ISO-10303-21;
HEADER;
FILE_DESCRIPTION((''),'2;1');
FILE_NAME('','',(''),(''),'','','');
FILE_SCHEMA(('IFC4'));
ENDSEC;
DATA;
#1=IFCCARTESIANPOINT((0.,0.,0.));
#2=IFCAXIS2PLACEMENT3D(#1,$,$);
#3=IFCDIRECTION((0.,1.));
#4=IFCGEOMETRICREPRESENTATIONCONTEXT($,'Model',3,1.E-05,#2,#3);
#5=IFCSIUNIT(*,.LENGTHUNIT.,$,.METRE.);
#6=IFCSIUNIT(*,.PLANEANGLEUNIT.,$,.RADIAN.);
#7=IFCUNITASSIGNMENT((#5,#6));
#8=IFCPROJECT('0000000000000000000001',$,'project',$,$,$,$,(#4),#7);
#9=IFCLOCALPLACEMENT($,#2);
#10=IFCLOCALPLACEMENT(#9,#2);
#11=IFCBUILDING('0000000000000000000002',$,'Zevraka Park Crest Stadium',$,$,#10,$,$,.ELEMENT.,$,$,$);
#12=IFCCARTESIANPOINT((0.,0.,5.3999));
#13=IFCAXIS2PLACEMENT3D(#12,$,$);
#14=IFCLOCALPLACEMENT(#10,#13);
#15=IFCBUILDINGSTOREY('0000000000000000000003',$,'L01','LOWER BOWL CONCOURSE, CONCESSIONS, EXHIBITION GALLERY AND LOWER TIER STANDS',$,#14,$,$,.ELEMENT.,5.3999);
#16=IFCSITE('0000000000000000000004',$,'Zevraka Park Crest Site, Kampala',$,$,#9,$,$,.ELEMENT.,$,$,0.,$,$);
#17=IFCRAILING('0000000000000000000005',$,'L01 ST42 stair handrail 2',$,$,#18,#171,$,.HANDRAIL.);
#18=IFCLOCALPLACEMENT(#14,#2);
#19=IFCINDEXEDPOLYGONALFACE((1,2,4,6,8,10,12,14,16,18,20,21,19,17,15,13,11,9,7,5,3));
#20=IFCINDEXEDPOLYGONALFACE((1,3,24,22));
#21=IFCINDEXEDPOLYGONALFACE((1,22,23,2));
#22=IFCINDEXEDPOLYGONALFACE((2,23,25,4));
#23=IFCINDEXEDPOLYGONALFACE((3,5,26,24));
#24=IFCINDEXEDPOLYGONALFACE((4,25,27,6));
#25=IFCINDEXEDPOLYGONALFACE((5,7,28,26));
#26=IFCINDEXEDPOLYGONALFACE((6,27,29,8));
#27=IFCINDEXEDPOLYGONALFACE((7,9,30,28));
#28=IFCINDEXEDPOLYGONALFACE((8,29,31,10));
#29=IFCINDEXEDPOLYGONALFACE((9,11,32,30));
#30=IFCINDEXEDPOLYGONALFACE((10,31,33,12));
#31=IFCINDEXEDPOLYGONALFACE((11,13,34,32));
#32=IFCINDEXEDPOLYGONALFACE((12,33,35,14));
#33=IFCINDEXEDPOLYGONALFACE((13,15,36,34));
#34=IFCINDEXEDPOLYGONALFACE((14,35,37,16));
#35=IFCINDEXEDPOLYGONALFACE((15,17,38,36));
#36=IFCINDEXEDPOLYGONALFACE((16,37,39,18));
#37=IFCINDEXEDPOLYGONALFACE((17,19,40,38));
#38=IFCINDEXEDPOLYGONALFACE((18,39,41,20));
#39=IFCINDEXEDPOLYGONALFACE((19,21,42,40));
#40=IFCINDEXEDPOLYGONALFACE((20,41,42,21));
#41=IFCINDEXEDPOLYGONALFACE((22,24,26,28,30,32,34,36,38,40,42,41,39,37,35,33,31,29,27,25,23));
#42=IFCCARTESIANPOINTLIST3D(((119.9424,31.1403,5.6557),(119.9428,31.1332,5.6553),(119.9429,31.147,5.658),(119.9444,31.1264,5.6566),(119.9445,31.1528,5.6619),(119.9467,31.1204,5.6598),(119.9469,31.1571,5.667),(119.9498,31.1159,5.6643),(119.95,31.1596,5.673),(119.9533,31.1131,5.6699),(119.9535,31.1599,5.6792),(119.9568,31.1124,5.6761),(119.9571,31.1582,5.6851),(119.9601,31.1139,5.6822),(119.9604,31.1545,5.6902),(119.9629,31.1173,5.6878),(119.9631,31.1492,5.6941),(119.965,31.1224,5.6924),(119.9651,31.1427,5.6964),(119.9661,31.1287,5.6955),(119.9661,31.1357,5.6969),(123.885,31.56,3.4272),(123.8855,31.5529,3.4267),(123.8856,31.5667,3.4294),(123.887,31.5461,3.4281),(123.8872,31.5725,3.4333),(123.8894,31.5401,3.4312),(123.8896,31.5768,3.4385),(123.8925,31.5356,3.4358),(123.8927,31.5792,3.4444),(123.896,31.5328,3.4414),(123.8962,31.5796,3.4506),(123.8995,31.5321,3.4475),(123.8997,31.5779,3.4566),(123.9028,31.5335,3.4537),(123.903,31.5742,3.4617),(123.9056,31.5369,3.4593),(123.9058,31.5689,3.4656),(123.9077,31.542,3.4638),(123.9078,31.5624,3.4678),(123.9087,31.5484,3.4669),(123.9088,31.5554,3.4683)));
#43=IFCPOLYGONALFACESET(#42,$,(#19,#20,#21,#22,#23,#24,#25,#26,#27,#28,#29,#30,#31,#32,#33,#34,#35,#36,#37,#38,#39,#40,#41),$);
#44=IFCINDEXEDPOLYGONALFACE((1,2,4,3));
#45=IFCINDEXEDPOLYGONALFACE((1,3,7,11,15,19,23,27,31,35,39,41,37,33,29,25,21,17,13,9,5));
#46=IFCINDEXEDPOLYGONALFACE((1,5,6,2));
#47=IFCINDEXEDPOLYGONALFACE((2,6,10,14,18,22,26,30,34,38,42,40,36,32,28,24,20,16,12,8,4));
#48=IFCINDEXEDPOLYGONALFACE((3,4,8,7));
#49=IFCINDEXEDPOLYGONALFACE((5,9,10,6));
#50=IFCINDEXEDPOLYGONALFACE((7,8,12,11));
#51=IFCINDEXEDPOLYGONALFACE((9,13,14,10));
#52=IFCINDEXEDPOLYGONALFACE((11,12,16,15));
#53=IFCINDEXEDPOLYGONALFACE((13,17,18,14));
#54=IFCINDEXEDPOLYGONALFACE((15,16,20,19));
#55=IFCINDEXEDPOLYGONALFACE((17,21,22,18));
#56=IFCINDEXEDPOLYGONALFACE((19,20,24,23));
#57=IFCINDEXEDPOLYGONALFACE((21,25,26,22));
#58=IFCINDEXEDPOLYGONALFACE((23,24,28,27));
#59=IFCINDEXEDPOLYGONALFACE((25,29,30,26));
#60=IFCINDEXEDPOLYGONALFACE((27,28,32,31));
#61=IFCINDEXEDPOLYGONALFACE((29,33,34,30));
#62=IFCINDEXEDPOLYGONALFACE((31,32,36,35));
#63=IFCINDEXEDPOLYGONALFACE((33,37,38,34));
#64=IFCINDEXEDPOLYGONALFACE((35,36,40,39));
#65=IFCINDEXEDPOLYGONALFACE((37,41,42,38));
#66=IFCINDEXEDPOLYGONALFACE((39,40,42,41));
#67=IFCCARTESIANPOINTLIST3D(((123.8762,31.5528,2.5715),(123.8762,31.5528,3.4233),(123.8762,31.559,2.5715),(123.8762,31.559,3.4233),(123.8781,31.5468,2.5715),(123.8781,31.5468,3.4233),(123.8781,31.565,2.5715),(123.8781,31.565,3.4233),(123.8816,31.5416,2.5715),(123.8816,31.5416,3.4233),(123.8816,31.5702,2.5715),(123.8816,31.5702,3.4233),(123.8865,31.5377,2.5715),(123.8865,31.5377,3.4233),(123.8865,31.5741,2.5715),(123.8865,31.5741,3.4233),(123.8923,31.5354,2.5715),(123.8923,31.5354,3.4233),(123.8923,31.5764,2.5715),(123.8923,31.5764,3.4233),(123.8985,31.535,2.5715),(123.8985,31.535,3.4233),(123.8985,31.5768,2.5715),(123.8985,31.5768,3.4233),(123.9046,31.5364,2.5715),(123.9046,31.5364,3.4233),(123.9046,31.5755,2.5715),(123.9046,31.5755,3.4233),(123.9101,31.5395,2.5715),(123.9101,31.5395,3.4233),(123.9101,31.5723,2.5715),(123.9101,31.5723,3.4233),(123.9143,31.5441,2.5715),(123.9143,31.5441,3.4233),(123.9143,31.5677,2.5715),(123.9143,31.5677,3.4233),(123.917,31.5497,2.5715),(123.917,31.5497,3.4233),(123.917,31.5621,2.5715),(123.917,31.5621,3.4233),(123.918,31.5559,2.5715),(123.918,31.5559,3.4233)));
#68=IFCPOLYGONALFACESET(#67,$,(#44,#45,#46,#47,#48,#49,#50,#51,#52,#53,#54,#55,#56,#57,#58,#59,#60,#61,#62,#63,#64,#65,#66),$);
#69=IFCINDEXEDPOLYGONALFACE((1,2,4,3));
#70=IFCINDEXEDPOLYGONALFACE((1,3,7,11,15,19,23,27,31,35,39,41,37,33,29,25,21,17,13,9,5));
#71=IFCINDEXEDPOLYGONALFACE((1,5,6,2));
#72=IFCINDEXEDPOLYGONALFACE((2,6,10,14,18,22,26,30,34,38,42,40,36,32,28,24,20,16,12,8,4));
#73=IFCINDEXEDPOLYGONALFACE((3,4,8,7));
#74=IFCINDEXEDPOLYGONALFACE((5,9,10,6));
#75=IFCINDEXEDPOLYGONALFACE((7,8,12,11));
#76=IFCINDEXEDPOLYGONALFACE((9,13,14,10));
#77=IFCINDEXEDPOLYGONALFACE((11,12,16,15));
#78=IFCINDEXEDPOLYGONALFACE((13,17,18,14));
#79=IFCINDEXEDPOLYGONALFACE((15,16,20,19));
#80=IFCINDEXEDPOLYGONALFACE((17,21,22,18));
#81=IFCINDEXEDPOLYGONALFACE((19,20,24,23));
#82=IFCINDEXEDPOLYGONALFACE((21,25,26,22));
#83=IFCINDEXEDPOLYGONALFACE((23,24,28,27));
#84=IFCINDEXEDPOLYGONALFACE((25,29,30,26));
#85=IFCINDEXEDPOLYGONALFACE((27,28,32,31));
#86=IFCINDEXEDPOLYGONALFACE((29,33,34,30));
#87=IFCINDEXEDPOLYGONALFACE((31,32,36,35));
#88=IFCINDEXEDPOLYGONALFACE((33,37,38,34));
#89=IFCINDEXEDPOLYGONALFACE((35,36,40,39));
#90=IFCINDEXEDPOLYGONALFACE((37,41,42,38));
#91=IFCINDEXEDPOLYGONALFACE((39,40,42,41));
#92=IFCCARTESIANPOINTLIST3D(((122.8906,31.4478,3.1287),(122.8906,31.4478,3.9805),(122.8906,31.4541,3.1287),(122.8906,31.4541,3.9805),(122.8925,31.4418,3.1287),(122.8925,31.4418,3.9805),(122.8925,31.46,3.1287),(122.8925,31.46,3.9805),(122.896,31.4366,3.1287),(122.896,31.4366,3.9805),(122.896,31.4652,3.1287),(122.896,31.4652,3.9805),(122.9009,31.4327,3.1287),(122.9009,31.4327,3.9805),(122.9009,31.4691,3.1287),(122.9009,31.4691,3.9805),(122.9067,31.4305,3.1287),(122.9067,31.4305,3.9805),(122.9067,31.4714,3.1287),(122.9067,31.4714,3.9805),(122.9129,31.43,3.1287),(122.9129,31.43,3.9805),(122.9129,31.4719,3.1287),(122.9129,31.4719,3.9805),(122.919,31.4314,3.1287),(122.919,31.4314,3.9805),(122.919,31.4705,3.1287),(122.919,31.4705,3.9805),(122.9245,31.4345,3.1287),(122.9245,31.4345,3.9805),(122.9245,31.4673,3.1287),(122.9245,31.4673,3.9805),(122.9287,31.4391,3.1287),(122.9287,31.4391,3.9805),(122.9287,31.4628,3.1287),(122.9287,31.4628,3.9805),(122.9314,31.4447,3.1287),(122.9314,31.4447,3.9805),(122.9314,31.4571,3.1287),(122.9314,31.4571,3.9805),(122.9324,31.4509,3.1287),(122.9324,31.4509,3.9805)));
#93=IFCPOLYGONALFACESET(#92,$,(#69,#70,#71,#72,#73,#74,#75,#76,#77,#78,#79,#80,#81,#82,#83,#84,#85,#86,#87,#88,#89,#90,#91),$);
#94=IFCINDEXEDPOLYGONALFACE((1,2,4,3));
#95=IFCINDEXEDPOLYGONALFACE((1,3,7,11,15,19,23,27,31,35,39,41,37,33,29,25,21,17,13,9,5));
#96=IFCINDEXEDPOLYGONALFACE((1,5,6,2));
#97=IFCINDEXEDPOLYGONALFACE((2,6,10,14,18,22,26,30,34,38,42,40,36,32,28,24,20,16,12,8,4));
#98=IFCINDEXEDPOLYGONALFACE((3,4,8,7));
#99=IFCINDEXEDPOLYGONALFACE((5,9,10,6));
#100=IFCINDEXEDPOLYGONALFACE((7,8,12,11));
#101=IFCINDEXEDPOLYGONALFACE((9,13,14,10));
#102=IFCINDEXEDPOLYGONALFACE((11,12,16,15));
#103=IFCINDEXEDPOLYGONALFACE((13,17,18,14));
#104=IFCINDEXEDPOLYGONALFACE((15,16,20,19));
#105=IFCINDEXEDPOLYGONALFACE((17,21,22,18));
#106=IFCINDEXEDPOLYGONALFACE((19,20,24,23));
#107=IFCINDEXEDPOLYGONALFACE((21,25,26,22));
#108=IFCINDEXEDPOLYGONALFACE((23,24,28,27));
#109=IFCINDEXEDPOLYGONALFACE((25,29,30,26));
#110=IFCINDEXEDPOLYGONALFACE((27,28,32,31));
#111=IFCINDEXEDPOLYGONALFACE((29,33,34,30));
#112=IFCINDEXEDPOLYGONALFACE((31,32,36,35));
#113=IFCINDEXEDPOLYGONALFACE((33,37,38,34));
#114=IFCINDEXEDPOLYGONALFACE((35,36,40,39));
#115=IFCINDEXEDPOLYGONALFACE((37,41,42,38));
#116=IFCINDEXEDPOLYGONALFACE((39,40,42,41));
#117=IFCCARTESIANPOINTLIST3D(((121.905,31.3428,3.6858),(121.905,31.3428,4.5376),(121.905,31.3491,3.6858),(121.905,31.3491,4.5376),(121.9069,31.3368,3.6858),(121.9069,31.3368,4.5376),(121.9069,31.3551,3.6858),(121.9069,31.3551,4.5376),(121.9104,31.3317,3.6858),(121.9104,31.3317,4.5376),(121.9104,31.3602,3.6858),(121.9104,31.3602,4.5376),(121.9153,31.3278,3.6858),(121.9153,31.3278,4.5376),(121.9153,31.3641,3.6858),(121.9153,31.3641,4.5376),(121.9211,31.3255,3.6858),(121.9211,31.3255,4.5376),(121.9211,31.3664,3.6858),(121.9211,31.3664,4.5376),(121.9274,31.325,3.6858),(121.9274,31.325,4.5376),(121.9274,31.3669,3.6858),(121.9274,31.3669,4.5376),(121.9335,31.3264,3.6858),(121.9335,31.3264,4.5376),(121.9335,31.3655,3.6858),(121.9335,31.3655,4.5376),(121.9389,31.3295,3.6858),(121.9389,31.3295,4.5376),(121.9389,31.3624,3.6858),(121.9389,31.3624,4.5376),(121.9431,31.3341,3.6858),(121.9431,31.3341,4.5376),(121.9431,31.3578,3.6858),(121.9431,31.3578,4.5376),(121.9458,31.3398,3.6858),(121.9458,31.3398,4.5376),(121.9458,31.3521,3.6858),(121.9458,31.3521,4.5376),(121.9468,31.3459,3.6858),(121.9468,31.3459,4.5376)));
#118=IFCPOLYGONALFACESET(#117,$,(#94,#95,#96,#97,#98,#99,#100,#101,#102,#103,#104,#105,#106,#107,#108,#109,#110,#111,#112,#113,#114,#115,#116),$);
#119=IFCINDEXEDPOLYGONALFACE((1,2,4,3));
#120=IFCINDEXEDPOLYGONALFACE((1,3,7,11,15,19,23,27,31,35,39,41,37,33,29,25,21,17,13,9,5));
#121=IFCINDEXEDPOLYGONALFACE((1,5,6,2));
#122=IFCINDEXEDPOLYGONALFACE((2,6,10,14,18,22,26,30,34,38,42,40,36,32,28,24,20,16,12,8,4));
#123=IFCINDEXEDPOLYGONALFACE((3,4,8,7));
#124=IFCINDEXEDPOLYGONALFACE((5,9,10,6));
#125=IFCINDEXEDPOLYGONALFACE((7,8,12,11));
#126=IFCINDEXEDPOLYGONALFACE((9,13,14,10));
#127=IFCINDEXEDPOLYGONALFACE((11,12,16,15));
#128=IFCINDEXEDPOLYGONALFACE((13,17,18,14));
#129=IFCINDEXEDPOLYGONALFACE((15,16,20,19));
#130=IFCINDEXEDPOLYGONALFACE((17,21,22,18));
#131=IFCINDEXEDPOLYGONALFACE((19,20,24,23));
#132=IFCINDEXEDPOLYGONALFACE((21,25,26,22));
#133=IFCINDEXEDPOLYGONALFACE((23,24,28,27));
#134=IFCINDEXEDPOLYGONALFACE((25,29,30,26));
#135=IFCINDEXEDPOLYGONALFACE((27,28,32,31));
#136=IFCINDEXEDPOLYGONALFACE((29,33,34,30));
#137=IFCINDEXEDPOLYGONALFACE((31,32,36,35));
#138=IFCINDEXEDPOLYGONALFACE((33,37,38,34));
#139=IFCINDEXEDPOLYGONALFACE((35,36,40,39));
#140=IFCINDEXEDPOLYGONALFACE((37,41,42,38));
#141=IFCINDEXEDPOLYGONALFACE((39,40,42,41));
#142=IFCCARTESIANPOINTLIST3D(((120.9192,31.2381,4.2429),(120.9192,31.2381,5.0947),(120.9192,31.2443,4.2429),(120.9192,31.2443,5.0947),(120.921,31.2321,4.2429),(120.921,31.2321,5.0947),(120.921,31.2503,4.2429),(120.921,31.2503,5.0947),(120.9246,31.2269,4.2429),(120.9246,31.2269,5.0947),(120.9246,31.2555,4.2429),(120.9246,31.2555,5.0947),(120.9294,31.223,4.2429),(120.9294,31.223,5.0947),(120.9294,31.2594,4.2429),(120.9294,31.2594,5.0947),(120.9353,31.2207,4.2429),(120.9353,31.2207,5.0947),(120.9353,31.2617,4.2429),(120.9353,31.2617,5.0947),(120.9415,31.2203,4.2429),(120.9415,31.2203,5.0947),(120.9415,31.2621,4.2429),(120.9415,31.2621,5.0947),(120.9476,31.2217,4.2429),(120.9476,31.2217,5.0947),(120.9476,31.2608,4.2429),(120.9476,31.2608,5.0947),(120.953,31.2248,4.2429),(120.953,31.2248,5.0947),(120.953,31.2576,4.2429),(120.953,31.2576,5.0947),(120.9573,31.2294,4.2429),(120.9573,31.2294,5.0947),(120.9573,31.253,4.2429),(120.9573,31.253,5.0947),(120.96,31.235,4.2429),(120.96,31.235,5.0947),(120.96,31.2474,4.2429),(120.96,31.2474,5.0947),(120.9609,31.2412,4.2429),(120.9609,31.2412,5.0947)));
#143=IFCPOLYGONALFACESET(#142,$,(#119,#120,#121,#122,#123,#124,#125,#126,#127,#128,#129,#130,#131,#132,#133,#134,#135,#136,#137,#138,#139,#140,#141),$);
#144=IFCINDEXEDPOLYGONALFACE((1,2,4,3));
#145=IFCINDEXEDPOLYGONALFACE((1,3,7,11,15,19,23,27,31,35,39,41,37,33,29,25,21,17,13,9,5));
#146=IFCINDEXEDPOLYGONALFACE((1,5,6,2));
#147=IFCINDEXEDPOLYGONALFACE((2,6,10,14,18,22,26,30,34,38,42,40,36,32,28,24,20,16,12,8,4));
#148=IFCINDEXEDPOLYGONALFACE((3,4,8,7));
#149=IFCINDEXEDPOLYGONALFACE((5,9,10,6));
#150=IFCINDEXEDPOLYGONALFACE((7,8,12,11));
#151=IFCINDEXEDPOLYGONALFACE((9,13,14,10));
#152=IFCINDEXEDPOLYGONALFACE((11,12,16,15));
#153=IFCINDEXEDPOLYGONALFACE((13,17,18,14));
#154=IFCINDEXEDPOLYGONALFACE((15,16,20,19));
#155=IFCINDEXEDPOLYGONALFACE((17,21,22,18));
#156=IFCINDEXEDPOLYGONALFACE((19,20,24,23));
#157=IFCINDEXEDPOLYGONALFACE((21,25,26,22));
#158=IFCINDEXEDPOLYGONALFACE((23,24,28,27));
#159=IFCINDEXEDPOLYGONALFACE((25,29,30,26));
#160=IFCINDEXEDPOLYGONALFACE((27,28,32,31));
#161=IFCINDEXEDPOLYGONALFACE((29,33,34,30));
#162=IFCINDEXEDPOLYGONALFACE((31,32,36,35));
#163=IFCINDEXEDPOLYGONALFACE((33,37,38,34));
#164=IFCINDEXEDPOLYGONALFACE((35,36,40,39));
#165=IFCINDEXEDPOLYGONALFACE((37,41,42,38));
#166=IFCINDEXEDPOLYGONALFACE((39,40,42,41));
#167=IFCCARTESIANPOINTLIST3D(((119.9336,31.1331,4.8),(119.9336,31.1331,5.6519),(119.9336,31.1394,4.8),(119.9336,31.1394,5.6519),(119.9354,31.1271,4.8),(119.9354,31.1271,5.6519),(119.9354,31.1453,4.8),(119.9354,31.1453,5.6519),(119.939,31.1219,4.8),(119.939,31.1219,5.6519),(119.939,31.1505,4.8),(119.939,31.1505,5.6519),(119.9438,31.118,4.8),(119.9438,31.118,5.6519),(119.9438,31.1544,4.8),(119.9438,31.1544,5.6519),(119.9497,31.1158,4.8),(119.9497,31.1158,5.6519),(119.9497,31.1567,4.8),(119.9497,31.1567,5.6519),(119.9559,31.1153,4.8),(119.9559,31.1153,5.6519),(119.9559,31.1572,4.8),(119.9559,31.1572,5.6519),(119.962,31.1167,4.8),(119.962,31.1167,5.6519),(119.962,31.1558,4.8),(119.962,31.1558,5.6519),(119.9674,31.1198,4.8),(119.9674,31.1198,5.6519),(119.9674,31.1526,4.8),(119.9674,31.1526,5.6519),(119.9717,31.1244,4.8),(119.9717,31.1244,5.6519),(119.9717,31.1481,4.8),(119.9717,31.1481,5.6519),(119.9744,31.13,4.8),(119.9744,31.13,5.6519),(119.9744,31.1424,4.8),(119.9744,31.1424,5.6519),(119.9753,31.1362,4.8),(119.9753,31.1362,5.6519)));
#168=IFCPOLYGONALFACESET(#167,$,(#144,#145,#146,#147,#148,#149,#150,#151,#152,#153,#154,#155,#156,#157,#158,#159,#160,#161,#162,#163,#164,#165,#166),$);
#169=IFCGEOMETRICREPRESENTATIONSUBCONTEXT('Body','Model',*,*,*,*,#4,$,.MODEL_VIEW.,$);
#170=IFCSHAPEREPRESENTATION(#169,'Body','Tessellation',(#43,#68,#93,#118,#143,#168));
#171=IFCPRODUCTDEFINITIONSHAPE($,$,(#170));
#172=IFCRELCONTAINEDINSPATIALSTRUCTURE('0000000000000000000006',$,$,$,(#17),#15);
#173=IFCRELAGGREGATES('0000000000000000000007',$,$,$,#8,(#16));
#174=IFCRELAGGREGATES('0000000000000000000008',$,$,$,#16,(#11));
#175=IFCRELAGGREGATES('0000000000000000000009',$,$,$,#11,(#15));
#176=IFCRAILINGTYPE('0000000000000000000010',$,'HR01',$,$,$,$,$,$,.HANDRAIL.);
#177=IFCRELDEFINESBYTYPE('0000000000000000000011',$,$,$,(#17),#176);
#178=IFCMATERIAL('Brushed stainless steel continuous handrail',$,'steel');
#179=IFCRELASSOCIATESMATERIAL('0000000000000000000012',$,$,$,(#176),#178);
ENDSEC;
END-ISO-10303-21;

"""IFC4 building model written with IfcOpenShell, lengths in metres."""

from ifc_helpers import new_model, si_unit, direction, frame, origin, origin_2d, place, context, subcontext, project, spatial, circle, extrude, material, type_object, element, save


model = new_model("IFC4")

# Units and contexts
model_context = context("Model", 3, precision=1e-05, world=origin(), true_north=direction((0.0, 1.0)))
body_context = subcontext(model_context, "Body", "Model", "MODEL_VIEW")
ifc_project = project(units=[si_unit("LENGTHUNIT", "METRE"), si_unit("PLANEANGLEUNIT", "RADIAN")], contexts=[model_context])

# Site, building, storey
site_placement = place(None, origin())
site = spatial("IfcSite", under=ifc_project, at=site_placement, Name="Zevraka Park Crest Site, Kampala", CompositionType="ELEMENT", RefElevation=0.0)
building_placement = place(site_placement, origin())
building = spatial("IfcBuilding", under=site, at=building_placement, Name="Zevraka Park Crest Stadium", CompositionType="ELEMENT")
storey_placement = place(building_placement, frame((0.0, 0.0, 5.3999)))
storey = spatial("IfcBuildingStorey", under=building, at=storey_placement, Name="L01", Description="LOWER BOWL CONCOURSE, CONCESSIONS, EXHIBITION GALLERY AND LOWER TIER STANDS", CompositionType="ELEMENT", Elevation=5.3999)

# Railing
ifc_material_1 = material(Name="Brushed stainless steel continuous handrail", Category="steel")
railing_type_1 = type_object("IfcRailingType", Name="HR01", PredefinedType="HANDRAIL", material=ifc_material_1)
railing_1_placement = place(storey_placement, frame((123.897, 31.5559, 2.5715)))
element("IfcRailing", 1, at=railing_1_placement, inside=storey, type_object=railing_type_1, Name="L01 ST42 stair handrail 2", PredefinedType="HANDRAIL", context=body_context, shape_type="SweptSolid", body=[
    extrude(circle(Radius=0.0239, at=origin_2d()), frame((0.0, 0.0, 0.876), z_axis=(-0.866842, -0.092272, 0.48997), x_axis=(0.105848, -0.994382, 0.0)), (0.0, 0.0, 1.0), 4.5483),
    extrude(circle(Radius=0.021, at=origin_2d()), origin(), (0.0, 0.0, 1.0), 0.8518),
    extrude(circle(Radius=0.021, at=origin_2d()), frame((-0.9856, -0.105, 0.5571)), (0.0, 0.0, 1.0), 0.8518),
    extrude(circle(Radius=0.021, at=origin_2d()), frame((-1.9712, -0.21, 1.1143)), (0.0, 0.0, 1.0), 0.8518),
    extrude(circle(Radius=0.021, at=origin_2d()), frame((-2.957, -0.3147, 1.6714)), (0.0, 0.0, 1.0), 0.8518),
    extrude(circle(Radius=0.021, at=origin_2d()), frame((-3.9426, -0.4197, 2.2285)), (0.0, 0.0, 1.0), 0.8518),
])

save(model, "model.ifc")
